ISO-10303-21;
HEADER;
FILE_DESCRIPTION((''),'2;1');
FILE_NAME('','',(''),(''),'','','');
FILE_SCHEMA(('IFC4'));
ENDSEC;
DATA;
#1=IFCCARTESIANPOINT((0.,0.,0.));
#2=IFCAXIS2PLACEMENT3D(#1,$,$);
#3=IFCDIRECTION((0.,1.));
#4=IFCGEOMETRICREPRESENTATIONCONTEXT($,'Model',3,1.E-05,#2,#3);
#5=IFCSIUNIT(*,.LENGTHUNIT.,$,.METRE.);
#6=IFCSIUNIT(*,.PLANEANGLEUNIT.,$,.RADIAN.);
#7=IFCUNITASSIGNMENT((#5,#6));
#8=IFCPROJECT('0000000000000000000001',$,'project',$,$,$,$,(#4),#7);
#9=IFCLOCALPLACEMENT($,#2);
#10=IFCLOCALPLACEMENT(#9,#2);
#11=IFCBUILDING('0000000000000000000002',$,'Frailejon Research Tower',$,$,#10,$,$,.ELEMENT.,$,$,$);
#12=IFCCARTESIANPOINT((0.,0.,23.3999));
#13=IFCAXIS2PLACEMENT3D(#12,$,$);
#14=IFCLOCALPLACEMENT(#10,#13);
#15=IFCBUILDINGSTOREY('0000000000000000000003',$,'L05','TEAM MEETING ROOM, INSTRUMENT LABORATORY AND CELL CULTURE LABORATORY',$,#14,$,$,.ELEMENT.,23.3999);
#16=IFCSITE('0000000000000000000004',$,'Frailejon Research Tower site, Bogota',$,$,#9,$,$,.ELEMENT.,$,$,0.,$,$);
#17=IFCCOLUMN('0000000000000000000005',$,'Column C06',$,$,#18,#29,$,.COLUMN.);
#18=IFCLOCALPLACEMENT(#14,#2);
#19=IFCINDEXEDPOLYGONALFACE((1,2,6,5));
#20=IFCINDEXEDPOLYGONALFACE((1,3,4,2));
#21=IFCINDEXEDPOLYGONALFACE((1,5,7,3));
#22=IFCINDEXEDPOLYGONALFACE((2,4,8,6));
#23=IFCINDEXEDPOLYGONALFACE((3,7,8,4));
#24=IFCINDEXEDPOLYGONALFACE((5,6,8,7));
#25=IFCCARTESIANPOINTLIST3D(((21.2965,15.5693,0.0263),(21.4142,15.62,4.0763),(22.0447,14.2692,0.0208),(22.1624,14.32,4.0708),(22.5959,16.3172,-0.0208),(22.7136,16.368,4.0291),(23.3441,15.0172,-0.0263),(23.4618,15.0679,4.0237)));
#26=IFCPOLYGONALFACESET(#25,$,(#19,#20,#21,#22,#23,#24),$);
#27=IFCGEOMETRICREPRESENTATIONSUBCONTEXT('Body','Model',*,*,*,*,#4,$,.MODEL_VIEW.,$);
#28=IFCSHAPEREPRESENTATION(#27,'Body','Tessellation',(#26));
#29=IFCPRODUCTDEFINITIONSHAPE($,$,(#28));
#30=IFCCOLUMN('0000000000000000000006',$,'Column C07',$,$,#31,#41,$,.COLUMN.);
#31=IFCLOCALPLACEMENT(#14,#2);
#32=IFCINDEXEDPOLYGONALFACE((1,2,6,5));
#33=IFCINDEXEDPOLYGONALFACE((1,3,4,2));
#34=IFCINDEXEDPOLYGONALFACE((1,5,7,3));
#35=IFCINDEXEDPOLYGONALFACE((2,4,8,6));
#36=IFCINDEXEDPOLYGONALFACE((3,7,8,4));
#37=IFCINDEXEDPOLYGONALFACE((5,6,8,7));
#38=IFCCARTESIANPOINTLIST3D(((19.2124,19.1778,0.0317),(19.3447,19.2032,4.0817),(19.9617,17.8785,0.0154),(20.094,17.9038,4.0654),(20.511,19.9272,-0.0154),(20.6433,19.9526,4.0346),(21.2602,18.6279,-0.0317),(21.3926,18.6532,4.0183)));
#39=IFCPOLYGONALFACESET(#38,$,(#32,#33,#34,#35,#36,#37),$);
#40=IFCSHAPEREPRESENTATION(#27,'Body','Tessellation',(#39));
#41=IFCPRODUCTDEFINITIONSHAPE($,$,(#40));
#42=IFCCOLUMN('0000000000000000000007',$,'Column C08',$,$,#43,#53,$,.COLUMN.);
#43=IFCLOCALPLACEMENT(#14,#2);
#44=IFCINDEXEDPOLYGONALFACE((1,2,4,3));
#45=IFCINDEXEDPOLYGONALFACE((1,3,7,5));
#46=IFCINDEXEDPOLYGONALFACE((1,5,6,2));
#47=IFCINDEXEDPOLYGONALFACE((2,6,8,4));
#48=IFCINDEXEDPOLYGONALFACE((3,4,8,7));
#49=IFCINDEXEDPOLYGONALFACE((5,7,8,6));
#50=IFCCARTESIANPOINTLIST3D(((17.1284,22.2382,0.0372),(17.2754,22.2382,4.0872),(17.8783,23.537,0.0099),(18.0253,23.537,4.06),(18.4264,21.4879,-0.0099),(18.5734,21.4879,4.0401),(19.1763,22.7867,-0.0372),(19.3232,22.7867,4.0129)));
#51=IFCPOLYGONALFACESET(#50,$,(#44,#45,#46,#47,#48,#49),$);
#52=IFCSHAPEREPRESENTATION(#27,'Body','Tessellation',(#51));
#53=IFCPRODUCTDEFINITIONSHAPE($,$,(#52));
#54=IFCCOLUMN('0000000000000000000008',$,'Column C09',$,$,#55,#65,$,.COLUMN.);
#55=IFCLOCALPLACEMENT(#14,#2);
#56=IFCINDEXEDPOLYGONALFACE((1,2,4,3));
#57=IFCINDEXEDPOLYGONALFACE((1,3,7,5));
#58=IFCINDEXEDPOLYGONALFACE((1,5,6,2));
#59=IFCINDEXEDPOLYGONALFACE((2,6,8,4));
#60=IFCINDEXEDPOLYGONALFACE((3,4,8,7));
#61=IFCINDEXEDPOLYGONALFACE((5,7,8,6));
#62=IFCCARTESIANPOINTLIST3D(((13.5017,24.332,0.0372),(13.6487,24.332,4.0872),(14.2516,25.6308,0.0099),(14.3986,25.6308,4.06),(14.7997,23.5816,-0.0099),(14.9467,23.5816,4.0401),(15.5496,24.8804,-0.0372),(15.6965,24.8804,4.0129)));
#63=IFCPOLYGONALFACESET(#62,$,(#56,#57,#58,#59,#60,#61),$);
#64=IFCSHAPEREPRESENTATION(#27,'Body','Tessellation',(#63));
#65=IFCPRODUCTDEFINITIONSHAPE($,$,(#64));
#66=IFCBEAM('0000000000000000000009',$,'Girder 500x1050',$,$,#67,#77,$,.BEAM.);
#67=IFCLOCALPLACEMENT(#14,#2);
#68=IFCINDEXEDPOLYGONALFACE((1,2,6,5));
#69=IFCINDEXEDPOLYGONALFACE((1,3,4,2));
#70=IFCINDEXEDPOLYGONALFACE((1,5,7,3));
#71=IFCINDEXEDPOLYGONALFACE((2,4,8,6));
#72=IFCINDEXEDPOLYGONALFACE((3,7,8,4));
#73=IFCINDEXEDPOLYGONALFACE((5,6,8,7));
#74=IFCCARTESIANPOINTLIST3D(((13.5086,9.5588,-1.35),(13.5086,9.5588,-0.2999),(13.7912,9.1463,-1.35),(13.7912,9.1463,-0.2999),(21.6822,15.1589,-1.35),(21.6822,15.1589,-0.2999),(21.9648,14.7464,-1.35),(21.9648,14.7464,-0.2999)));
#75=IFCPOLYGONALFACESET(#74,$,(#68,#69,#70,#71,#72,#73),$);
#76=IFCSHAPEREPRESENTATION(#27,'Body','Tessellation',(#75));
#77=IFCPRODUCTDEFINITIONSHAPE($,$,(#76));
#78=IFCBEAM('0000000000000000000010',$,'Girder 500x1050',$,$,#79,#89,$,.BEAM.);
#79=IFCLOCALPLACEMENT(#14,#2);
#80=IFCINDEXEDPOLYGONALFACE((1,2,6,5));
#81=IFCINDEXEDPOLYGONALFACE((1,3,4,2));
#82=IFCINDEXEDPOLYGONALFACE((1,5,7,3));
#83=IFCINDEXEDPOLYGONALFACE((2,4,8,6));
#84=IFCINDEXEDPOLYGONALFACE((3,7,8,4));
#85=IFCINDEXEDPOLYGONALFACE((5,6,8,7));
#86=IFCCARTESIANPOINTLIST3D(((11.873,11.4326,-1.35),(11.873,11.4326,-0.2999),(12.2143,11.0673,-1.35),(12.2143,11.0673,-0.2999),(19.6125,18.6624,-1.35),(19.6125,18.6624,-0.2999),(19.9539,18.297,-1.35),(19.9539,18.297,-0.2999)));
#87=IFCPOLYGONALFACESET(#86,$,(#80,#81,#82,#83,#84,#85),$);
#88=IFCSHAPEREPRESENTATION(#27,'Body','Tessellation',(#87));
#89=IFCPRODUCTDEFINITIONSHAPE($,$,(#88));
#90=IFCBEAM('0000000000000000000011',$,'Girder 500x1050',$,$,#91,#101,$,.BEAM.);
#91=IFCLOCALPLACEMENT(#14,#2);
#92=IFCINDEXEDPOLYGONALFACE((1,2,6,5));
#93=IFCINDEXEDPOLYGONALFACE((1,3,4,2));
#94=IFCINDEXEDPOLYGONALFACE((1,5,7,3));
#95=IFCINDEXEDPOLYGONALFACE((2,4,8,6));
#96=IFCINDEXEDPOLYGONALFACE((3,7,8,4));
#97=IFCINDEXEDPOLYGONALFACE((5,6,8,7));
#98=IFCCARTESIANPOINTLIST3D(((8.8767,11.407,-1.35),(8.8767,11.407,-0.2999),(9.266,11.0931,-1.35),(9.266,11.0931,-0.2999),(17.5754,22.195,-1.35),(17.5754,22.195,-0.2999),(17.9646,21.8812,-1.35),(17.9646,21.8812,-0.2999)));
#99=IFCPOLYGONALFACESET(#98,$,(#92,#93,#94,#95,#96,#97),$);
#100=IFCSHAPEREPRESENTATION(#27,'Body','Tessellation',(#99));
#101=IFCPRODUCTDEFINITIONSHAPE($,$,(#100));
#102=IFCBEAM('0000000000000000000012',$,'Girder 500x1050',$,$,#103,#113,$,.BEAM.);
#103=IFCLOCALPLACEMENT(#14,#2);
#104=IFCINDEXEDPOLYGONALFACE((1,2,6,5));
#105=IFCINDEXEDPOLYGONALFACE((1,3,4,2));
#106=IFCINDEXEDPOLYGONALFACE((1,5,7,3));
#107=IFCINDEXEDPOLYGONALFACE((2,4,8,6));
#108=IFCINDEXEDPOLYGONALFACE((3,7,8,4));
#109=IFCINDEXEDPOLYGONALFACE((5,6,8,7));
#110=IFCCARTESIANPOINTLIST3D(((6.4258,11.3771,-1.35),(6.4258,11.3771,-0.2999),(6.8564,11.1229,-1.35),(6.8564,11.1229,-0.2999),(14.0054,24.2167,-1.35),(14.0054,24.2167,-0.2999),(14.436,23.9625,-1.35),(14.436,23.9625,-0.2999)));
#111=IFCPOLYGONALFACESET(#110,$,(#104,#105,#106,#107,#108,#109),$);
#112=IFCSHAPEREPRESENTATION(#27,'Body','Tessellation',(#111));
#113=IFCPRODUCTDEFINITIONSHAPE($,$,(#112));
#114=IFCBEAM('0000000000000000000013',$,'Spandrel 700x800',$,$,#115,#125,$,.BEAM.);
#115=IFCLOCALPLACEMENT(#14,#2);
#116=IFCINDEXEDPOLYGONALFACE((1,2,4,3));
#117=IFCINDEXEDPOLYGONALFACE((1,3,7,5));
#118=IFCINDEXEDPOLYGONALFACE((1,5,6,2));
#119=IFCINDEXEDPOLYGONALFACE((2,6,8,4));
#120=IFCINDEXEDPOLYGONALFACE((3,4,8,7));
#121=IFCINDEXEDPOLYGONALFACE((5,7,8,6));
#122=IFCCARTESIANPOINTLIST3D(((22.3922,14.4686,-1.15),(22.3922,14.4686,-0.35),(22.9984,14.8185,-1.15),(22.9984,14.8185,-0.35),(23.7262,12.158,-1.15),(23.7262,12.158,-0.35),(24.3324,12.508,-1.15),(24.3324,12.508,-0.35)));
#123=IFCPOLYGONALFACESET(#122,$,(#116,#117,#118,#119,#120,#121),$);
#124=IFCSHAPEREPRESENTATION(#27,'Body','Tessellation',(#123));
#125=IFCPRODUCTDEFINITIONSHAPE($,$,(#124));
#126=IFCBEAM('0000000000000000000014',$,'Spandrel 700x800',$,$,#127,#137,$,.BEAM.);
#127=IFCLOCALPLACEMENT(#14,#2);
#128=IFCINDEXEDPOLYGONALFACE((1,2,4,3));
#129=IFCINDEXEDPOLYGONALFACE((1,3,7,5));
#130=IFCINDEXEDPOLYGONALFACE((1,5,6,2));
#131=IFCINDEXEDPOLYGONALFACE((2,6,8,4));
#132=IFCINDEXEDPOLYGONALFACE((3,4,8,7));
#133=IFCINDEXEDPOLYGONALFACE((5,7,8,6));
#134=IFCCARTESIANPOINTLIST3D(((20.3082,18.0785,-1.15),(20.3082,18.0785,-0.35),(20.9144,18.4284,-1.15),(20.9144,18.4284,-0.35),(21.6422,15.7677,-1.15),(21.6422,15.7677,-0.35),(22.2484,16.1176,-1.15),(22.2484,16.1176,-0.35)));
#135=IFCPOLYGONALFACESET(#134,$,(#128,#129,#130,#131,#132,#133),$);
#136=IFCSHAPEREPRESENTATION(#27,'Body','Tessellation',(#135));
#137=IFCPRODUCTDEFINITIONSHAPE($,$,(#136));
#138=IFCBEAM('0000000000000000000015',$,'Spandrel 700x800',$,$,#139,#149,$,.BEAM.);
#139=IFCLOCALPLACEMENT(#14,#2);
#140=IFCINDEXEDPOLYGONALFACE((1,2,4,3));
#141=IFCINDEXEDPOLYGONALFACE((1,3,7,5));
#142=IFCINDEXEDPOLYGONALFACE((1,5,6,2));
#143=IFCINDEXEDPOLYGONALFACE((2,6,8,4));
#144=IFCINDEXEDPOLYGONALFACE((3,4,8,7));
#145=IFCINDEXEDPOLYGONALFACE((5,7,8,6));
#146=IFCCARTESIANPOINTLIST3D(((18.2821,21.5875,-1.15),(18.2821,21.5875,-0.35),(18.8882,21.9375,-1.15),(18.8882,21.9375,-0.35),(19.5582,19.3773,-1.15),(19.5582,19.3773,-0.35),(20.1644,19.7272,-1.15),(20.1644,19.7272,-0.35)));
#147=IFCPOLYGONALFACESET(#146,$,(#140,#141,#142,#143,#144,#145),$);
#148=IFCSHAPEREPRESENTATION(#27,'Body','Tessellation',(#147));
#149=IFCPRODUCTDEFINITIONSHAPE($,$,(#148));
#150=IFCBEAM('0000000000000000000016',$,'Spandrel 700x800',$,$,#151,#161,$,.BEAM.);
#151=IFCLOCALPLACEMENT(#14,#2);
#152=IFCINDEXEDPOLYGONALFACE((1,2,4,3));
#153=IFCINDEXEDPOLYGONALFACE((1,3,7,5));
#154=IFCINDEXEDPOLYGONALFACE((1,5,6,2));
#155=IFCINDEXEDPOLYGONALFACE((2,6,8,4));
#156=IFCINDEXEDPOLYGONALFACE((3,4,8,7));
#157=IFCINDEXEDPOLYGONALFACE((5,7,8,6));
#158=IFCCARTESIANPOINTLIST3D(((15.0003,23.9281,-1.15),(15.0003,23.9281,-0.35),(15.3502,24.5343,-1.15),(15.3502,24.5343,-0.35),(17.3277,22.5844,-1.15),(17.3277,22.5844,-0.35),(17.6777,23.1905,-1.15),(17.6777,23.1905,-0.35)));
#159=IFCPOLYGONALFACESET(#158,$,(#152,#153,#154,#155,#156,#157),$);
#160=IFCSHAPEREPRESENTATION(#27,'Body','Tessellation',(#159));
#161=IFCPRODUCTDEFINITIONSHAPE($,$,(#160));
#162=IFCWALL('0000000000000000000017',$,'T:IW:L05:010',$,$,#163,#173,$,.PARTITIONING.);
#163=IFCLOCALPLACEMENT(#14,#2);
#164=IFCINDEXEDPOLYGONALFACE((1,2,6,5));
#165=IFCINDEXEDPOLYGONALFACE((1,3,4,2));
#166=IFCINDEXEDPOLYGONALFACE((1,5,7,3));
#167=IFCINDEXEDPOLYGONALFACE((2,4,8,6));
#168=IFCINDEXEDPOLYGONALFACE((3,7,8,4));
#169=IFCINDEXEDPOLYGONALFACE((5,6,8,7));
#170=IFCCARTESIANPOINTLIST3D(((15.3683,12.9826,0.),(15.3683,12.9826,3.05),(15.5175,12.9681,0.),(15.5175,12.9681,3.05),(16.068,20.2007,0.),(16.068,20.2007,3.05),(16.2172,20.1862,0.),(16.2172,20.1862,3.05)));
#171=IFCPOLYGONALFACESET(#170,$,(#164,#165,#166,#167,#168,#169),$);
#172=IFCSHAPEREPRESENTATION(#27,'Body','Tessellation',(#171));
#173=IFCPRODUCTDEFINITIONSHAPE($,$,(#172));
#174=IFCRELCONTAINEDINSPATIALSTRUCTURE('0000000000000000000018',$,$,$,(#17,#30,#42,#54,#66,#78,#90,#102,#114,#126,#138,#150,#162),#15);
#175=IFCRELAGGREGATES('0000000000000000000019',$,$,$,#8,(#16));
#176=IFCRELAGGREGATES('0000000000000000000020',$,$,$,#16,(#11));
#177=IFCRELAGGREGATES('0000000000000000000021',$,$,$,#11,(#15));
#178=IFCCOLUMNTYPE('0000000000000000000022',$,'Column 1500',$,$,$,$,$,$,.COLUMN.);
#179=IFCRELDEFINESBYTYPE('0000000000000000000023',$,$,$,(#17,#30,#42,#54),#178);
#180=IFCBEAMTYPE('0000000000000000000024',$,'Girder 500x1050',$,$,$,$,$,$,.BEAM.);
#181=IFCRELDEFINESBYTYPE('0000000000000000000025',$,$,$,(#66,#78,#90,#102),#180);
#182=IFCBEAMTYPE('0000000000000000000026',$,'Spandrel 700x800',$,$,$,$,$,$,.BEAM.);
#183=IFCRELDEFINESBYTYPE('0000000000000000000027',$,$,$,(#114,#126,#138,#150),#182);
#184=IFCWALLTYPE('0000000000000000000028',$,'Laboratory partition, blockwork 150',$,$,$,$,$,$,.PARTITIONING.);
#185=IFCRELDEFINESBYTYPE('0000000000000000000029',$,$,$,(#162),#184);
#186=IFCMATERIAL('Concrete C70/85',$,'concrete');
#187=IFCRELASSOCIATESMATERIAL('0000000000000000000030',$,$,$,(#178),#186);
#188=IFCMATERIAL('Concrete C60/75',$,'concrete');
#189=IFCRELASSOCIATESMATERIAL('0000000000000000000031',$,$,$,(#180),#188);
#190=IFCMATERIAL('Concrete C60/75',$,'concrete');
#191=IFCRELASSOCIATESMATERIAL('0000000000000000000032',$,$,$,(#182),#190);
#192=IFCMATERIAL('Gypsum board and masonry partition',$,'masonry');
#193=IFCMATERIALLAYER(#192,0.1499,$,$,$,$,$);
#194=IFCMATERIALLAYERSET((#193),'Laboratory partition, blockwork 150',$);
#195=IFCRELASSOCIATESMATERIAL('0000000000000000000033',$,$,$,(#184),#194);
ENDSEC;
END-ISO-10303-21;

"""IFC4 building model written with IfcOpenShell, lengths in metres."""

from ifc_helpers import new_model, si_unit, direction, frame, frame_2d, origin, origin_2d, place, context, subcontext, project, spatial, rectangle, extrude, material, layer, layer_set, material_profile, profile_set, type_object, element, save


model = new_model("IFC4")

# Units and contexts
model_context = context("Model", 3, precision=1e-05, world=origin(), true_north=direction((0.0, 1.0)))
body_context = subcontext(model_context, "Body", "Model", "MODEL_VIEW")
ifc_project = project(units=[si_unit("LENGTHUNIT", "METRE"), si_unit("PLANEANGLEUNIT", "RADIAN")], contexts=[model_context])

# Site, building, storey
site_placement = place(None, origin())
site = spatial("IfcSite", under=ifc_project, at=site_placement, Name="Frailejon Research Tower site, Bogota", CompositionType="ELEMENT", RefElevation=0.0)
building_placement = place(site_placement, origin())
building = spatial("IfcBuilding", under=site, at=building_placement, Name="Frailejon Research Tower", CompositionType="ELEMENT")
storey_placement = place(building_placement, frame((0.0, 0.0, 23.3999)))
storey = spatial("IfcBuildingStorey", under=building, at=storey_placement, Name="L05", Description="TEAM MEETING ROOM, INSTRUMENT LABORATORY AND CELL CULTURE LABORATORY", CompositionType="ELEMENT", Elevation=23.3999)

# Columns
ifc_material_1 = material(Name="Concrete C70/85", Category="concrete")
ifc_material_profile_1 = material_profile(ifc_material_1, rectangle(XDim=1.5, YDim=1.5, at=origin_2d()), Name="Column 1500")
ifc_profile_set_1 = profile_set([ifc_material_profile_1], Name="Concrete C70/85")
column_type = type_object("IfcColumnType", Name="Column 1500", PredefinedType="COLUMN", material=ifc_profile_set_1)
column_1_placement = place(storey_placement, frame((22.3203, 15.2932, 0.0), z_axis=(0.029041, 0.012532, 0.9995), x_axis=(-0.498795, 0.866712, 0.003625)))
element("IfcColumn", 1, at=column_1_placement, inside=storey, type_object=column_type, Name="Column C06", PredefinedType="COLUMN", context=body_context, shape_type="SweptSolid", body=[
    extrude(rectangle(XDim=1.5, YDim=1.5, at=origin_2d()), origin(), (0.0, 0.0, 1.0), 4.052),
])
column_2_placement = place(storey_placement, frame((20.2363, 18.9028, 0.0), z_axis=(0.032654, 0.006266, 0.999447), x_axis=(-0.49952, 0.866234, 0.01089)))
element("IfcColumn", 2, at=column_2_placement, inside=storey, type_object=column_type, Name="Column C07", PredefinedType="COLUMN", context=body_context, shape_type="SweptSolid", body=[
    extrude(rectangle(XDim=1.5, YDim=1.5, at=origin_2d()), origin(), (0.0, 0.0, 1.0), 4.0522),
])
for number, where, z_axis, x_axis, name in (
    (3, (18.1523, 22.5125, 0.0), (0.036265, 0.0, 0.999342), (-0.865314, 0.500246, 0.031401), "Column C08"),
    (4, (14.5256, 24.6062, 0.0), (0.036265, 0.0, 0.999342), (-0.865314, 0.500246, 0.031401), "Column C09"),
):
    element("IfcColumn", number, at=place(storey_placement, frame(where, z_axis=z_axis, x_axis=x_axis)), inside=storey, type_object=column_type, Name=name, PredefinedType="COLUMN", context=body_context, shape_type="SweptSolid", body=[
        extrude(rectangle(XDim=1.5, YDim=1.5, at=origin_2d()), origin(), (0.0, 0.0, 1.0), 4.0527),
    ])

# Beams
ifc_material_2 = material(Name="Concrete C60/75", Category="concrete")
ifc_material_profile_2 = material_profile(ifc_material_2, rectangle(XDim=0.5, YDim=1.05, at=origin_2d()), Name="Girder 500x1050")
ifc_profile_set_2 = profile_set([ifc_material_profile_2], Name="Concrete C60/75")
beam_type_1 = type_object("IfcBeamType", Name="Girder 500x1050", PredefinedType="BEAM", material=ifc_profile_set_2)
beam_1_placement = place(storey_placement, frame((21.8235, 14.9526, -0.825), z_axis=(-0.824947, -0.565209, 0.0), x_axis=(0.565209, -0.824947, 0.0)))
element("IfcBeam", 5, at=beam_1_placement, inside=storey, type_object=beam_type_1, Name="Girder 500x1050", PredefinedType="BEAM", context=body_context, shape_type="SweptSolid", body=[
    extrude(rectangle(XDim=0.5, YDim=1.05, at=origin_2d()), origin(), (0.0, 0.0, 1.0), 9.908),
])
beam_2_placement = place(storey_placement, frame((19.7832, 18.4797, -0.825), z_axis=(-0.730763, -0.682631, 0.0), x_axis=(0.682631, -0.730763, 0.0)))
element("IfcBeam", 6, at=beam_2_placement, inside=storey, type_object=beam_type_1, Name="Girder 500x1050", PredefinedType="BEAM", context=body_context, shape_type="SweptSolid", body=[
    extrude(rectangle(XDim=0.5, YDim=1.05, at=origin_2d()), origin(), (0.0, 0.0, 1.0), 10.5911),
])
beam_3_placement = place(storey_placement, frame((17.77, 22.0381, -0.825), z_axis=(-0.627694, -0.77846, 0.0), x_axis=(0.77846, -0.627694, 0.0)))
element("IfcBeam", 7, at=beam_3_placement, inside=storey, type_object=beam_type_1, Name="Girder 500x1050", PredefinedType="BEAM", context=body_context, shape_type="SweptSolid", body=[
    extrude(rectangle(XDim=0.5, YDim=1.05, at=origin_2d()), origin(), (0.0, 0.0, 1.0), 13.8582),
])
beam_4_placement = place(storey_placement, frame((14.2207, 24.0896, -0.825), z_axis=(-0.508359, -0.861145, 0.0), x_axis=(0.861145, -0.508359, 0.0)))
element("IfcBeam", 8, at=beam_4_placement, inside=storey, type_object=beam_type_1, Name="Girder 500x1050", PredefinedType="BEAM", context=body_context, shape_type="SweptSolid", body=[
    extrude(rectangle(XDim=0.5, YDim=1.05, at=origin_2d()), origin(), (0.0, 0.0, 1.0), 14.9099),
])
ifc_material_3 = material(Name="Concrete C60/75", Category="concrete")
ifc_material_profile_3 = material_profile(ifc_material_3, rectangle(XDim=0.7, YDim=0.8, at=origin_2d()), Name="Spandrel 700x800")
ifc_profile_set_3 = profile_set([ifc_material_profile_3], Name="Concrete C60/75")
beam_type_2 = type_object("IfcBeamType", Name="Spandrel 700x800", PredefinedType="BEAM", material=ifc_profile_set_3)
beam_5_placement = place(storey_placement, frame((24.0293, 12.333, -0.75), z_axis=(-0.499997, 0.866027, 0.0), x_axis=(-0.866027, -0.499997, 0.0)))
element("IfcBeam", 9, at=beam_5_placement, inside=storey, type_object=beam_type_2, Name="Spandrel 700x800", PredefinedType="BEAM", context=body_context, shape_type="SweptSolid", body=[
    extrude(rectangle(XDim=0.7, YDim=0.8, at=origin_2d()), origin(), (0.0, 0.0, 1.0), 2.668),
])
beam_6_placement = place(storey_placement, frame((21.9453, 15.9426, -0.75), z_axis=(-0.499957, 0.86605, 0.0), x_axis=(-0.86605, -0.499957, 0.0)))
element("IfcBeam", 10, at=beam_6_placement, inside=storey, type_object=beam_type_2, Name="Spandrel 700x800", PredefinedType="BEAM", context=body_context, shape_type="SweptSolid", body=[
    extrude(rectangle(XDim=0.7, YDim=0.8, at=origin_2d()), origin(), (0.0, 0.0, 1.0), 2.6682),
])
beam_7_placement = place(storey_placement, frame((19.8613, 19.5522, -0.75), z_axis=(-0.500018, 0.866015, 0.0), x_axis=(-0.866015, -0.500018, 0.0)))
element("IfcBeam", 11, at=beam_7_placement, inside=storey, type_object=beam_type_2, Name="Spandrel 700x800", PredefinedType="BEAM", context=body_context, shape_type="SweptSolid", body=[
    extrude(rectangle(XDim=0.7, YDim=0.8, at=origin_2d()), origin(), (0.0, 0.0, 1.0), 2.5522),
])
beam_8_placement = place(storey_placement, frame((17.5027, 22.8875, -0.75), z_axis=(-0.866021, 0.500008, 0.0), x_axis=(-0.500008, -0.866021, 0.0)))
element("IfcBeam", 12, at=beam_8_placement, inside=storey, type_object=beam_type_2, Name="Spandrel 700x800", PredefinedType="BEAM", context=body_context, shape_type="SweptSolid", body=[
    extrude(rectangle(XDim=0.7, YDim=0.8, at=origin_2d()), origin(), (0.0, 0.0, 1.0), 2.6875),
])

# Wall
ifc_material_4 = material(Name="Gypsum board and masonry partition", Category="masonry")
ifc_layer_1 = layer(ifc_material_4, 0.1499)
ifc_layer_set_1 = layer_set([ifc_layer_1], Name="Laboratory partition, blockwork 150")
wall_type_1 = type_object("IfcWallType", Name="Laboratory partition, blockwork 150", PredefinedType="PARTITIONING", material=ifc_layer_set_1)
wall_1_placement = place(storey_placement, frame((15.4429, 12.9753, 0.0), z_axis=(0.0, 0.0, 1.0), x_axis=(0.096487, 0.995334, 0.0)))
element("IfcWall", 13, at=wall_1_placement, inside=storey, type_object=wall_type_1, Name="T:IW:L05:010", PredefinedType="PARTITIONING", context=body_context, shape_type="SweptSolid", body=[
    extrude(rectangle(XDim=7.252, YDim=0.1499, at=frame_2d((3.626, 0.0))), origin(), (0.0, 0.0, 1.0), 3.05),
])

save(model, "model.ifc")
